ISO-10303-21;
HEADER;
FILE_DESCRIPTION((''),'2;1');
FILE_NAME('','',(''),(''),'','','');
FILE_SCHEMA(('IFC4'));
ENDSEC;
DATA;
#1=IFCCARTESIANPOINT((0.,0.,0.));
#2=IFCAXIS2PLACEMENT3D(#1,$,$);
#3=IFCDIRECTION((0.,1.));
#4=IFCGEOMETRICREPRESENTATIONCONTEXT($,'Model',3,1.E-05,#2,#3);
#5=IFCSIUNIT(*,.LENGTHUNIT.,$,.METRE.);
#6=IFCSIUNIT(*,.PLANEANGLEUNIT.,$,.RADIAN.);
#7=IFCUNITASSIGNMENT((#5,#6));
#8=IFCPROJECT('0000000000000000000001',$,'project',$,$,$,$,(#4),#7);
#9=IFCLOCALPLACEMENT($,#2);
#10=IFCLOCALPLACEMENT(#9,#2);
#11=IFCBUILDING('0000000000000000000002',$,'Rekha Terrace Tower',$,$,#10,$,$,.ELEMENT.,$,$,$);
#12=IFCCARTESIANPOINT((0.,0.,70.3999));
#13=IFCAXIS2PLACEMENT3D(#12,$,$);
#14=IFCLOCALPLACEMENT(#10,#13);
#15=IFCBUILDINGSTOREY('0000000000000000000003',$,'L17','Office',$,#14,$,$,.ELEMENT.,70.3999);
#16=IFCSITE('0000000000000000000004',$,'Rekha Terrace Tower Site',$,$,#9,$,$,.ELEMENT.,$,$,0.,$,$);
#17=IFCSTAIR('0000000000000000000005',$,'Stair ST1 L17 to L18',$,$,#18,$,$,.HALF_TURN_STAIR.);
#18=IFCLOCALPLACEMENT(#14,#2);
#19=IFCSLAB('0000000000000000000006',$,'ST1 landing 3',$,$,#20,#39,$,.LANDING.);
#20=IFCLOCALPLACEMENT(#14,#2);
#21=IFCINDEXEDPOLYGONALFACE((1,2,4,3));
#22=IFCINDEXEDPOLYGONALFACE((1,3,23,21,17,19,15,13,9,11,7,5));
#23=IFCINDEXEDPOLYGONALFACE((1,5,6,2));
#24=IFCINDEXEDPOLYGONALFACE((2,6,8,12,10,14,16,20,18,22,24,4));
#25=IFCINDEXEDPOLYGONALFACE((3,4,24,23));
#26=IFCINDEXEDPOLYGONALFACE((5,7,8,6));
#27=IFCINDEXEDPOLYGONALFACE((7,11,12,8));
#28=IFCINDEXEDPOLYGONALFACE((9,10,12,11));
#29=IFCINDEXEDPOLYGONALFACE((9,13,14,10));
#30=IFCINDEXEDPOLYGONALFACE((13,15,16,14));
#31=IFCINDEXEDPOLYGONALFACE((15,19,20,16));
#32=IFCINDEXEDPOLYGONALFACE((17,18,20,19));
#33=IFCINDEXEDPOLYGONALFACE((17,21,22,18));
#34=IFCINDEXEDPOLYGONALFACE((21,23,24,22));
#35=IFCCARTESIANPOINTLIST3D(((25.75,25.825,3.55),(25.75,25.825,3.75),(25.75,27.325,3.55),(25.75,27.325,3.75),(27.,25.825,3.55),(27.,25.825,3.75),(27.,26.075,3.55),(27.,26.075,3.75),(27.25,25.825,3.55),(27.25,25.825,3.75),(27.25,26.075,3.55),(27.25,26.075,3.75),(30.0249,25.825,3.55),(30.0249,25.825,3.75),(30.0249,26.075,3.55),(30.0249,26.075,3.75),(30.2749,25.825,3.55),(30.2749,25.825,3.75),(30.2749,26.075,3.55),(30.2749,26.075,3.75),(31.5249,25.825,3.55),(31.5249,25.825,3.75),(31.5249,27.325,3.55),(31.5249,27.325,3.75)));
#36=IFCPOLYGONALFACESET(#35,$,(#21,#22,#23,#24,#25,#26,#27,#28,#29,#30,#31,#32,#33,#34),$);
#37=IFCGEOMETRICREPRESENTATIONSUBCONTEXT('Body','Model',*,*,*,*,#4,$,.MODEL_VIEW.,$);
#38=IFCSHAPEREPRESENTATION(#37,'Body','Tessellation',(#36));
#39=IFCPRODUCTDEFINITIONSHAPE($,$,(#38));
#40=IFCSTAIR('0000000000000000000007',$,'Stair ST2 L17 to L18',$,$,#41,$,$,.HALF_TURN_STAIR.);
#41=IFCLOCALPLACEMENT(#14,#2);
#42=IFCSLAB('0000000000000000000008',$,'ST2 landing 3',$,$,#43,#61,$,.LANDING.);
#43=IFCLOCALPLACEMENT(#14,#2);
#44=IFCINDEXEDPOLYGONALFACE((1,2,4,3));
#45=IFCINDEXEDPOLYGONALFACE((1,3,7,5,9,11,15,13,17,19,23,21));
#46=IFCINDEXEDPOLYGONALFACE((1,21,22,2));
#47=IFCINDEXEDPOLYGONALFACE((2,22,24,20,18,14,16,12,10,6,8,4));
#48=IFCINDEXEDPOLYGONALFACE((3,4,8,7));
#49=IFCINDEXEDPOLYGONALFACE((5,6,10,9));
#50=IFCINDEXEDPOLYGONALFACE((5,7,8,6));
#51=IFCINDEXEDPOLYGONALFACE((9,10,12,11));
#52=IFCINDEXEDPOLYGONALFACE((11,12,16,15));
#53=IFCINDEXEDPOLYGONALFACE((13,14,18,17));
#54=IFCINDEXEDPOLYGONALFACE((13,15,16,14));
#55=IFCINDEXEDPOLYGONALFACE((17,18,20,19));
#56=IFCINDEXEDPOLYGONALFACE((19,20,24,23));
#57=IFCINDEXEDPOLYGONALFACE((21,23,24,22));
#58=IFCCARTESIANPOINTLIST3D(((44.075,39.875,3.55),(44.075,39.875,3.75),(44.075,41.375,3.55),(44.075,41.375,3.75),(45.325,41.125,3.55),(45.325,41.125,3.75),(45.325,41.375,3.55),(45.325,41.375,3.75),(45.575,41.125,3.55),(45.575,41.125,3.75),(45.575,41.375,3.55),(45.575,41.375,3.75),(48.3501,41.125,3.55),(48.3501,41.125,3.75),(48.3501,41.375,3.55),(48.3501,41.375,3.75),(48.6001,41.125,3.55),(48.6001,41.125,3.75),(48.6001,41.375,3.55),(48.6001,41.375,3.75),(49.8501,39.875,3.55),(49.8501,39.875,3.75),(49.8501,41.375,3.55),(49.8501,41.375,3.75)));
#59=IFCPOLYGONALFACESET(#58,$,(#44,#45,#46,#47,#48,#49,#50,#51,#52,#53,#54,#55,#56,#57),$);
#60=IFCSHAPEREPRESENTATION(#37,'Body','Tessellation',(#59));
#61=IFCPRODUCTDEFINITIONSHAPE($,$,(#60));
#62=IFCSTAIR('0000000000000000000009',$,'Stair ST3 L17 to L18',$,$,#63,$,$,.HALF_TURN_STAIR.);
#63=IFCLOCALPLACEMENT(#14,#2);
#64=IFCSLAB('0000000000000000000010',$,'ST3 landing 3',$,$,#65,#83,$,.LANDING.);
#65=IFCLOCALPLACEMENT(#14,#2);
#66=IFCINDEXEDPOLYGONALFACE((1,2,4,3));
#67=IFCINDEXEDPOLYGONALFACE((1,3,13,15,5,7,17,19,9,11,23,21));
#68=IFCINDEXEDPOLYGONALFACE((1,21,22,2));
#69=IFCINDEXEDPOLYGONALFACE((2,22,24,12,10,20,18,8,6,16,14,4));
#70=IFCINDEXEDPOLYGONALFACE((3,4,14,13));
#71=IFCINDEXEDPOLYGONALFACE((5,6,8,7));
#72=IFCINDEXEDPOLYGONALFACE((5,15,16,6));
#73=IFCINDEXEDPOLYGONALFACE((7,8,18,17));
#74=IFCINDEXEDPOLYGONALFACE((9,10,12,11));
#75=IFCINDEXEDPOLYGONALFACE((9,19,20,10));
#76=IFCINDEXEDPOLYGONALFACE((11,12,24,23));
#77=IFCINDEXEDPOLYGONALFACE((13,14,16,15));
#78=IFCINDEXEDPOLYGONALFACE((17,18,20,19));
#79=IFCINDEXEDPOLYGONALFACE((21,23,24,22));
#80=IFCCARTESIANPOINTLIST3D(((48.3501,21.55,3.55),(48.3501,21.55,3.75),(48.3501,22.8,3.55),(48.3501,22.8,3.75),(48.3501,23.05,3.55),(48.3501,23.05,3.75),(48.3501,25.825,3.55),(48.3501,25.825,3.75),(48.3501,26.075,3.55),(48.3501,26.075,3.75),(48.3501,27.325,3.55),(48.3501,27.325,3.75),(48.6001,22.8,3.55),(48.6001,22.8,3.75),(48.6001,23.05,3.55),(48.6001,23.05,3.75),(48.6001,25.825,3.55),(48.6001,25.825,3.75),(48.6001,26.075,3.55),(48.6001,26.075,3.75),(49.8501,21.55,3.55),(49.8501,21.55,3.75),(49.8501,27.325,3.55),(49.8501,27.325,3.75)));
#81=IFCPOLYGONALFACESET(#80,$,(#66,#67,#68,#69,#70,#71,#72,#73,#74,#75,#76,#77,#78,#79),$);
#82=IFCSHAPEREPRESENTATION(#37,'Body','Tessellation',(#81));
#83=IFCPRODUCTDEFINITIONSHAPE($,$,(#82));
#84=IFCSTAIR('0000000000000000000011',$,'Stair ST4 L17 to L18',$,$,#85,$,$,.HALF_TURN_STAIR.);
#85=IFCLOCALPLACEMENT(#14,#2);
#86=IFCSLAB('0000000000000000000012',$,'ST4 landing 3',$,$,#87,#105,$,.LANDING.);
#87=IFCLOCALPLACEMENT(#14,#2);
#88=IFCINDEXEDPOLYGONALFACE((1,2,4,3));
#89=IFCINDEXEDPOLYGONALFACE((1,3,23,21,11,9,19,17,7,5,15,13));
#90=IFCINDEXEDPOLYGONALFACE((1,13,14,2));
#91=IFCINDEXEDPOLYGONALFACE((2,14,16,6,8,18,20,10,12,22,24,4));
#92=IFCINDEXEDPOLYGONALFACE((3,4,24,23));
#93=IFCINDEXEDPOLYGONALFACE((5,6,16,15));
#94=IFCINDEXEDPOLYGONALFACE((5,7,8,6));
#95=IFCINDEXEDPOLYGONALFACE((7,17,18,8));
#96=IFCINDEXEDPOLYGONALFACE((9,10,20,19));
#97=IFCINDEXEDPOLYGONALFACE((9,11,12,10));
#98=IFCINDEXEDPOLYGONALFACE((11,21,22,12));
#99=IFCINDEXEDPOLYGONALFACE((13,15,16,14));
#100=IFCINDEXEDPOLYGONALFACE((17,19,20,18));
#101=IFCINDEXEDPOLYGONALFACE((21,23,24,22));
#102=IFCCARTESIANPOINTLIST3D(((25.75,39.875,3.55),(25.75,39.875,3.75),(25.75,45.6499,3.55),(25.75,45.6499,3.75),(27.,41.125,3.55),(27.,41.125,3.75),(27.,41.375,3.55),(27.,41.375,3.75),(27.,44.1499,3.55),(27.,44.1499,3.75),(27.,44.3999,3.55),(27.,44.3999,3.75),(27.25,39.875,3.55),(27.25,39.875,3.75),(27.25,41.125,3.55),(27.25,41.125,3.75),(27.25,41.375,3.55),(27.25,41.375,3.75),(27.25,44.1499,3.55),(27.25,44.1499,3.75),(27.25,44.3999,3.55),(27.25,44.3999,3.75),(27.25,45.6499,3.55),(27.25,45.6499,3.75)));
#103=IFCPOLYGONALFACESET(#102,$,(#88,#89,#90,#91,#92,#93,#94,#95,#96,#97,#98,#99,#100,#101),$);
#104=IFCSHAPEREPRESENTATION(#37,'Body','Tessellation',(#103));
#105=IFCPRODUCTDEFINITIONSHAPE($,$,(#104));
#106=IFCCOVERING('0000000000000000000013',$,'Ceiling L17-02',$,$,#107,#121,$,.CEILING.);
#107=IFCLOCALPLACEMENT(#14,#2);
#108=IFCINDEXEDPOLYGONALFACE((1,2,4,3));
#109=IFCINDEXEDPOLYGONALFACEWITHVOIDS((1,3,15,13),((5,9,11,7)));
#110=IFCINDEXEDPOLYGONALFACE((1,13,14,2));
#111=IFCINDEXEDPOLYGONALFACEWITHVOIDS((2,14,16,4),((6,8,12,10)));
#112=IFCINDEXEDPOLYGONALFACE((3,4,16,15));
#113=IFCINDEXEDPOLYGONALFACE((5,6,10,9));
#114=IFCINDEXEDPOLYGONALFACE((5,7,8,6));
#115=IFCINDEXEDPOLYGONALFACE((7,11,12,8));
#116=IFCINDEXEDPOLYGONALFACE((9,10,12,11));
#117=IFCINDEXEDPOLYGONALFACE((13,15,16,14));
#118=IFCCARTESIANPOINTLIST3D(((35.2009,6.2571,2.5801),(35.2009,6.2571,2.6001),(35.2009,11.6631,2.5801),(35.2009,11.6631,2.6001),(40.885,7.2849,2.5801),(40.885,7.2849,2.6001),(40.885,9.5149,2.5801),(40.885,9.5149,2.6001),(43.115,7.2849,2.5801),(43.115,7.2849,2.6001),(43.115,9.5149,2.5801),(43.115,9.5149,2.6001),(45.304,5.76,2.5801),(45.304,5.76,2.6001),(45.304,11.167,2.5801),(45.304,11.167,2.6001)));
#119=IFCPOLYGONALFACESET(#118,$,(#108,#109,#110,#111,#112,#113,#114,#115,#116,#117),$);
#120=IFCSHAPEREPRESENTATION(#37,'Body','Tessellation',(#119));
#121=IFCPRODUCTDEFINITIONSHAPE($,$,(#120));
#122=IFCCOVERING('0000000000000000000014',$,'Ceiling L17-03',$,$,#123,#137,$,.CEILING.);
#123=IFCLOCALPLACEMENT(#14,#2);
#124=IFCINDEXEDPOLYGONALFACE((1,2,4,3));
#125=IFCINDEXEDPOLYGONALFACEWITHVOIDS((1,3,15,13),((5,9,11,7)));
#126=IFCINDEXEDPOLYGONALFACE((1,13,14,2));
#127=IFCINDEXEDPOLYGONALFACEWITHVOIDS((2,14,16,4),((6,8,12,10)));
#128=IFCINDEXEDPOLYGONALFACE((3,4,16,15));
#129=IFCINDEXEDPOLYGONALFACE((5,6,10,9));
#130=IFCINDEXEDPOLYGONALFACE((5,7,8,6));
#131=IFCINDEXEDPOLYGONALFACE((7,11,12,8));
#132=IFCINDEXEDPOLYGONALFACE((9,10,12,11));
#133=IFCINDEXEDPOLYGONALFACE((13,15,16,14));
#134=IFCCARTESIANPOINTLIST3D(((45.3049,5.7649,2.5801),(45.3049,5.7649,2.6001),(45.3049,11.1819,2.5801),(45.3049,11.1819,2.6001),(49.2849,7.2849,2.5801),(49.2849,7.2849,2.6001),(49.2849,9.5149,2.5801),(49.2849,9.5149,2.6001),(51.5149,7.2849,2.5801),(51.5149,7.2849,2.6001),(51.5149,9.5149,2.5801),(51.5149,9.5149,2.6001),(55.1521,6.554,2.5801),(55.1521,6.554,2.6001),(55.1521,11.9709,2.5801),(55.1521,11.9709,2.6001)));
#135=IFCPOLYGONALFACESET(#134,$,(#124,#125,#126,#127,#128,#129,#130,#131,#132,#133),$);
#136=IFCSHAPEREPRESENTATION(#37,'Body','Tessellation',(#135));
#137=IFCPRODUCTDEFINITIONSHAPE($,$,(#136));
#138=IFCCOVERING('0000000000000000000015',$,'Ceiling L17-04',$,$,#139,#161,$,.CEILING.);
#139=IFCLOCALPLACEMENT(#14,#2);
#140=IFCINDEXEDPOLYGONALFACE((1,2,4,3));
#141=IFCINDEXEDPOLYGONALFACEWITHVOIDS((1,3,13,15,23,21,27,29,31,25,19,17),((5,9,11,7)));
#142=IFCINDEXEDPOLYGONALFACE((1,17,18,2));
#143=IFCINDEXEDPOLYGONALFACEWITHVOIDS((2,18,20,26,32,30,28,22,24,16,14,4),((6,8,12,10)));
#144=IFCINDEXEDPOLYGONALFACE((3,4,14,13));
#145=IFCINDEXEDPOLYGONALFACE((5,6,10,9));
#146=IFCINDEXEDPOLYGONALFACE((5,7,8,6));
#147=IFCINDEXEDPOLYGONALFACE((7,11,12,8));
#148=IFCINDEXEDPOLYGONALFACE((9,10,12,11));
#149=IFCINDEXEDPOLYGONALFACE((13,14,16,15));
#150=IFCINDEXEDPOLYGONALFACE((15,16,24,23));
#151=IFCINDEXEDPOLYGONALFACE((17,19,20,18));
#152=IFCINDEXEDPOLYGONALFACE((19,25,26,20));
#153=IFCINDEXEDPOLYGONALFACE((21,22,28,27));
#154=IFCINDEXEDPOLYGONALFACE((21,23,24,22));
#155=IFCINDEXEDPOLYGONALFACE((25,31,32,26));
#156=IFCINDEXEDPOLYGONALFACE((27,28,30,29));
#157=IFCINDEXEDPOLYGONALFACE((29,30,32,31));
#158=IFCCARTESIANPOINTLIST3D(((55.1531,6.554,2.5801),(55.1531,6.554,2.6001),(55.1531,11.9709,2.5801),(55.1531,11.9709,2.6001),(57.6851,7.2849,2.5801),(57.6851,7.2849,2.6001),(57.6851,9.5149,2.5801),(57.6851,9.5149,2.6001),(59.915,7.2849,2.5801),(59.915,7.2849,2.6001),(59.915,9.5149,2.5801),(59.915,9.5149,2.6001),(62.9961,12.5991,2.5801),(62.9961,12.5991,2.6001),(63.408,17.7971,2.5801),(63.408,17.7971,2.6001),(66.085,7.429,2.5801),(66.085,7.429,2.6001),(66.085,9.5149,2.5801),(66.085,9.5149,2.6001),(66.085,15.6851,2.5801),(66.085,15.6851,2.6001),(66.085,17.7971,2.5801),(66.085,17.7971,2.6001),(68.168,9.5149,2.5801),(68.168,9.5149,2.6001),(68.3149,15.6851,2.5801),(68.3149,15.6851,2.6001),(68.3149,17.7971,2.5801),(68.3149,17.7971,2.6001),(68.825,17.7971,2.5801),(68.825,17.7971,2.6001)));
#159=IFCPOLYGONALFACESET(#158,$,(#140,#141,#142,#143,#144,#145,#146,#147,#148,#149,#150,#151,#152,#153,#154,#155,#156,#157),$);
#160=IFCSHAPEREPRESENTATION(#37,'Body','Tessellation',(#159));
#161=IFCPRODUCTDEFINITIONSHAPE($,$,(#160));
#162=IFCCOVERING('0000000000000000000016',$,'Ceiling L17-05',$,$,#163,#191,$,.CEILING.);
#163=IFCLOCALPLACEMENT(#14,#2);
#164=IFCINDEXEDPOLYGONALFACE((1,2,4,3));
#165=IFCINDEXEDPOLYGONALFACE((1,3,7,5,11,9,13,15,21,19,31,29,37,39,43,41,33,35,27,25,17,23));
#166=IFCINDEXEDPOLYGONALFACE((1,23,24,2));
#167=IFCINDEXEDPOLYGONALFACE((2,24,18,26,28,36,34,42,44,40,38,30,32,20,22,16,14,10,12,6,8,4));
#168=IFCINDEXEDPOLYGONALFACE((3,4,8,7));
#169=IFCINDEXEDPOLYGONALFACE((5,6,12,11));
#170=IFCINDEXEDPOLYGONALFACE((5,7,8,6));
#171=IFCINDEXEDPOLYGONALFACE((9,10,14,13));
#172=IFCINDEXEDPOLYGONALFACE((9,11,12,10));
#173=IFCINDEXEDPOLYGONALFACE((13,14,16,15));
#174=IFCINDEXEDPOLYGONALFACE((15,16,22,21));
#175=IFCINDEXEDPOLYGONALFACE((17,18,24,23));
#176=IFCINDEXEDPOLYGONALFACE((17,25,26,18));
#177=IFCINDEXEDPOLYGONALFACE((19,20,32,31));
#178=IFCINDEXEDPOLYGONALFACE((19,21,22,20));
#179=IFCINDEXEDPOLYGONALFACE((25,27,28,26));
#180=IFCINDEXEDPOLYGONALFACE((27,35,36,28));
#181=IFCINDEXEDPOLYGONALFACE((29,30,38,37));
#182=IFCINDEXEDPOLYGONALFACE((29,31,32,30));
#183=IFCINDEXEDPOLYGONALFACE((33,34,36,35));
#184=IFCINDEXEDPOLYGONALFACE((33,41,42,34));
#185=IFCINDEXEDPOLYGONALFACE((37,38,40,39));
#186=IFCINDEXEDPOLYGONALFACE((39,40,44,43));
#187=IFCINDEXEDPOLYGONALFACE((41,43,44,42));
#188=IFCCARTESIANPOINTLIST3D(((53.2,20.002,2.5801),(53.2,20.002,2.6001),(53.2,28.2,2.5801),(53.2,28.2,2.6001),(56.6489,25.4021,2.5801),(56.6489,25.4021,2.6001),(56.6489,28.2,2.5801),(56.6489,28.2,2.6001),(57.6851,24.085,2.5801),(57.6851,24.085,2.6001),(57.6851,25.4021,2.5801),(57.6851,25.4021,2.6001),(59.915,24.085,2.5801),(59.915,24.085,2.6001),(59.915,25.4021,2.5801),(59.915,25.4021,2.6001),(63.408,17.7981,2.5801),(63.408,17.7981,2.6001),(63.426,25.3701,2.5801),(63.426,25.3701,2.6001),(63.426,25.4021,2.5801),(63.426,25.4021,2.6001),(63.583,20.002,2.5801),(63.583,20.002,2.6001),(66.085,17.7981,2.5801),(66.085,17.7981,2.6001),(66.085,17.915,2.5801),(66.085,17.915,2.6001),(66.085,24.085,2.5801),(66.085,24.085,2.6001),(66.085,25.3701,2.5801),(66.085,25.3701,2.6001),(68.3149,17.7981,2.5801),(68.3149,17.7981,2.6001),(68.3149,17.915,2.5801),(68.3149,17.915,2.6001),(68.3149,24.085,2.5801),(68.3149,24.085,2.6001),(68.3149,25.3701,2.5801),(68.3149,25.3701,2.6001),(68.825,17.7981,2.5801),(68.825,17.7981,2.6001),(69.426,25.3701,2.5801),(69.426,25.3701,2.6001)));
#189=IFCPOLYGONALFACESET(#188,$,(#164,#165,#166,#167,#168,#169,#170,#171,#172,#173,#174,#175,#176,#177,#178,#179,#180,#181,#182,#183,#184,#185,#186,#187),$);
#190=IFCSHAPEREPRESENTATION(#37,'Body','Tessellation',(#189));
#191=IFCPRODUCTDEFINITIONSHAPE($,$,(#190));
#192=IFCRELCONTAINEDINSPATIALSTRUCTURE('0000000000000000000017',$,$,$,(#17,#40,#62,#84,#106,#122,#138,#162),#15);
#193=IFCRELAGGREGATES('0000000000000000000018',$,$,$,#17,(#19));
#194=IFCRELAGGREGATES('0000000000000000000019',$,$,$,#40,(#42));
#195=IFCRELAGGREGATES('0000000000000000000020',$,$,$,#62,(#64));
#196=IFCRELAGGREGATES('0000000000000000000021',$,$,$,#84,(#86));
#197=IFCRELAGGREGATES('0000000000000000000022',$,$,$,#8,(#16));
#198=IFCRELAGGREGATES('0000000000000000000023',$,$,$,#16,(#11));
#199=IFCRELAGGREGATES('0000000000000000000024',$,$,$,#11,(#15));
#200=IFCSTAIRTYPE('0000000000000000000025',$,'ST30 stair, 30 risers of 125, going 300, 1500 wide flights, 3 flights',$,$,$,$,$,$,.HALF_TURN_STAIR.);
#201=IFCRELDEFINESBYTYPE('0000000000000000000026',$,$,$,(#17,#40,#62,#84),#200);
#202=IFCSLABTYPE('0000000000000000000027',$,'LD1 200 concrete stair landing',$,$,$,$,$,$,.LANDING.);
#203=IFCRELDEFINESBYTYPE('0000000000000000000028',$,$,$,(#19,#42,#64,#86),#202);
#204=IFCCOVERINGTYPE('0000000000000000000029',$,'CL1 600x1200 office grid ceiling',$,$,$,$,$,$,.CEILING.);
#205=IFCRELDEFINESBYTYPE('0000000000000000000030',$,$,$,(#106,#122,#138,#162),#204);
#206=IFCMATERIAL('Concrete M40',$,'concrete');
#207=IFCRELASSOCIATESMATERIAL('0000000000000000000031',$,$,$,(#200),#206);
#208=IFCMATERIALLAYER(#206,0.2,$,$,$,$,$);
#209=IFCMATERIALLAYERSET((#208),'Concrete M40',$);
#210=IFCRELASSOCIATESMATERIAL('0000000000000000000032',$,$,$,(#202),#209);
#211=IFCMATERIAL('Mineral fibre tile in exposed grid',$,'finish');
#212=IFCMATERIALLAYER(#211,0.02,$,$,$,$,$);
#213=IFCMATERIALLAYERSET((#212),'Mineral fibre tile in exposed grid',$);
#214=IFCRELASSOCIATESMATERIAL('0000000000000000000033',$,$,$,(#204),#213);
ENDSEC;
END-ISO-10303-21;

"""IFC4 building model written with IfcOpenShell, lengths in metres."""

from ifc_helpers import new_model, si_unit, direction, frame, origin, place, context, subcontext, project, spatial, polyline, outline, extrude, material, layer, layer_set, type_object, element, aggregate, save


model = new_model("IFC4")

# Units and contexts
model_context = context("Model", 3, precision=1e-05, world=origin(), true_north=direction((0.0, 1.0)))
body_context = subcontext(model_context, "Body", "Model", "MODEL_VIEW")
ifc_project = project(units=[si_unit("LENGTHUNIT", "METRE"), si_unit("PLANEANGLEUNIT", "RADIAN")], contexts=[model_context])

# Site, building, storey
site_placement = place(None, origin())
site = spatial("IfcSite", under=ifc_project, at=site_placement, Name="Rekha Terrace Tower Site", CompositionType="ELEMENT", RefElevation=0.0)
building_placement = place(site_placement, origin())
building = spatial("IfcBuilding", under=site, at=building_placement, Name="Rekha Terrace Tower", CompositionType="ELEMENT")
storey_placement = place(building_placement, frame((0.0, 0.0, 70.3999)))
storey = spatial("IfcBuildingStorey", under=building, at=storey_placement, Name="L17", Description="Office", CompositionType="ELEMENT", Elevation=70.3999)

# Stairs, slabs
ifc_material_1 = material(Name="Concrete M40", Category="concrete")
stair_type = type_object("IfcStairType", Name="ST30 stair, 30 risers of 125, going 300, 1500 wide flights, 3 flights", PredefinedType="HALF_TURN_STAIR", material=ifc_material_1)
stair_1_placement = place(storey_placement, origin())
stair_1 = element("IfcStair", 1, at=stair_1_placement, inside=storey, type_object=stair_type, Name="Stair ST1 L17 to L18", PredefinedType="HALF_TURN_STAIR")
ifc_layer_1 = layer(ifc_material_1, 0.2)
ifc_layer_set_1 = layer_set([ifc_layer_1], Name="Concrete M40")
slab_type = type_object("IfcSlabType", Name="LD1 200 concrete stair landing", PredefinedType="LANDING", material=ifc_layer_set_1)
slab_1_placement = place(storey_placement, frame((0.0, 0.0, 3.55)))
slab_1 = element("IfcSlab", 2, at=slab_1_placement, type_object=slab_type, Name="ST1 landing 3", PredefinedType="LANDING", context=body_context, shape_type="SweptSolid", body=[
    extrude(outline(polyline([(31.5249, 25.825), (31.5249, 27.325), (25.75, 27.325), (25.75, 25.825), (27.0, 25.825), (27.0, 26.075), (27.25, 26.075), (27.25, 25.825), (30.0249, 25.825), (30.0249, 26.075), (30.2749, 26.075), (30.2749, 25.825), (31.5249, 25.825)])), origin(), (0.0, 0.0, 1.0), 0.2),
])
aggregate(stair_1, [slab_1])
stair_2_placement = place(storey_placement, origin())
stair_2 = element("IfcStair", 3, at=stair_2_placement, inside=storey, type_object=stair_type, Name="Stair ST2 L17 to L18", PredefinedType="HALF_TURN_STAIR")
slab_2_placement = place(storey_placement, frame((0.0, 0.0, 3.55)))
slab_2 = element("IfcSlab", 4, at=slab_2_placement, type_object=slab_type, Name="ST2 landing 3", PredefinedType="LANDING", context=body_context, shape_type="SweptSolid", body=[
    extrude(outline(polyline([(44.075, 41.375), (44.075, 39.875), (49.8501, 39.875), (49.8501, 41.375), (48.6001, 41.375), (48.6001, 41.125), (48.3501, 41.125), (48.3501, 41.375), (45.575, 41.375), (45.575, 41.125), (45.325, 41.125), (45.325, 41.375), (44.075, 41.375)])), origin(), (0.0, 0.0, 1.0), 0.2),
])
aggregate(stair_2, [slab_2])
stair_3_placement = place(storey_placement, origin())
stair_3 = element("IfcStair", 5, at=stair_3_placement, inside=storey, type_object=stair_type, Name="Stair ST3 L17 to L18", PredefinedType="HALF_TURN_STAIR")
slab_3_placement = place(storey_placement, frame((0.0, 0.0, 3.55)))
slab_3 = element("IfcSlab", 6, at=slab_3_placement, type_object=slab_type, Name="ST3 landing 3", PredefinedType="LANDING", context=body_context, shape_type="SweptSolid", body=[
    extrude(outline(polyline([(48.3501, 21.55), (49.8501, 21.55), (49.8501, 27.325), (48.3501, 27.325), (48.3501, 26.075), (48.6001, 26.075), (48.6001, 25.825), (48.3501, 25.825), (48.3501, 23.05), (48.6001, 23.05), (48.6001, 22.8), (48.3501, 22.8), (48.3501, 21.55)])), origin(), (0.0, 0.0, 1.0), 0.2),
])
aggregate(stair_3, [slab_3])
stair_4_placement = place(storey_placement, origin())
stair_4 = element("IfcStair", 7, at=stair_4_placement, inside=storey, type_object=stair_type, Name="Stair ST4 L17 to L18", PredefinedType="HALF_TURN_STAIR")
slab_4_placement = place(storey_placement, frame((0.0, 0.0, 3.55)))
slab_4 = element("IfcSlab", 8, at=slab_4_placement, type_object=slab_type, Name="ST4 landing 3", PredefinedType="LANDING", context=body_context, shape_type="SweptSolid", body=[
    extrude(outline(polyline([(27.25, 39.875), (25.75, 39.875), (25.75, 45.6499), (27.25, 45.6499), (27.25, 44.3999), (27.0, 44.3999), (27.0, 44.1499), (27.25, 44.1499), (27.25, 41.375), (27.0, 41.375), (27.0, 41.125), (27.25, 41.125), (27.25, 39.875)])), origin(), (0.0, 0.0, 1.0), 0.2),
])
aggregate(stair_4, [slab_4])

# Coverings
ifc_material_2 = material(Name="Mineral fibre tile in exposed grid", Category="finish")
ifc_layer_2 = layer(ifc_material_2, 0.02)
ifc_layer_set_2 = layer_set([ifc_layer_2], Name="Mineral fibre tile in exposed grid")
covering_type_1 = type_object("IfcCoveringType", Name="CL1 600x1200 office grid ceiling", PredefinedType="CEILING", material=ifc_layer_set_2)
covering_1_placement = place(storey_placement, frame((0.0, 0.0, 2.5801)))
element("IfcCovering", 9, at=covering_1_placement, inside=storey, type_object=covering_type_1, Name="Ceiling L17-02", PredefinedType="CEILING", context=body_context, shape_type="SweptSolid", body=[
    extrude(outline(polyline([(45.304, 5.76), (45.304, 11.167), (35.2009, 11.6631), (35.2009, 6.2571), (45.304, 5.76)]), holes=[polyline([(43.115, 7.2849), (40.885, 7.2849), (40.885, 9.5149), (43.115, 9.5149), (43.115, 7.2849)])]), origin(), (0.0, 0.0, 1.0), 0.02),
])
covering_2_placement = place(storey_placement, frame((0.0, 0.0, 2.5801)))
element("IfcCovering", 10, at=covering_2_placement, inside=storey, type_object=covering_type_1, Name="Ceiling L17-03", PredefinedType="CEILING", context=body_context, shape_type="SweptSolid", body=[
    extrude(outline(polyline([(45.3049, 11.1819), (45.3049, 5.7649), (55.1521, 6.554), (55.1521, 11.9709), (45.3049, 11.1819)]), holes=[polyline([(51.5149, 7.2849), (49.2849, 7.2849), (49.2849, 9.5149), (51.5149, 9.5149), (51.5149, 7.2849)])]), origin(), (0.0, 0.0, 1.0), 0.02),
])
covering_3_placement = place(storey_placement, frame((0.0, 0.0, 2.5801)))
element("IfcCovering", 11, at=covering_3_placement, inside=storey, type_object=covering_type_1, Name="Ceiling L17-04", PredefinedType="CEILING", context=body_context, shape_type="SweptSolid", body=[
    extrude(outline(polyline([(66.085, 15.6851), (66.085, 17.7971), (63.408, 17.7971), (62.9961, 12.5991), (55.1531, 11.9709), (55.1531, 6.554), (66.085, 7.429), (66.085, 9.5149), (68.168, 9.5149), (68.825, 17.7971), (68.3149, 17.7971), (68.3149, 15.6851), (66.085, 15.6851)]), holes=[polyline([(59.915, 7.2849), (57.6851, 7.2849), (57.6851, 9.5149), (59.915, 9.5149), (59.915, 7.2849)])]), origin(), (0.0, 0.0, 1.0), 0.02),
])
covering_4_placement = place(storey_placement, frame((0.0, 0.0, 2.5801)))
element("IfcCovering", 12, at=covering_4_placement, inside=storey, type_object=covering_type_1, Name="Ceiling L17-05", PredefinedType="CEILING", context=body_context, shape_type="SweptSolid", body=[
    extrude(outline(polyline([(68.3149, 17.7981), (68.825, 17.7981), (69.426, 25.3701), (68.3149, 25.3701), (68.3149, 24.085), (66.085, 24.085), (66.085, 25.3701), (63.426, 25.3701), (63.426, 25.4021), (59.915, 25.4021), (59.915, 24.085), (57.6851, 24.085), (57.6851, 25.4021), (56.6489, 25.4021), (56.6489, 28.2), (53.2, 28.2), (53.2, 20.002), (63.583, 20.002), (63.408, 17.7981), (66.085, 17.7981), (66.085, 17.915), (68.3149, 17.915), (68.3149, 17.7981)])), origin(), (0.0, 0.0, 1.0), 0.02),
])

save(model, "model.ifc")
